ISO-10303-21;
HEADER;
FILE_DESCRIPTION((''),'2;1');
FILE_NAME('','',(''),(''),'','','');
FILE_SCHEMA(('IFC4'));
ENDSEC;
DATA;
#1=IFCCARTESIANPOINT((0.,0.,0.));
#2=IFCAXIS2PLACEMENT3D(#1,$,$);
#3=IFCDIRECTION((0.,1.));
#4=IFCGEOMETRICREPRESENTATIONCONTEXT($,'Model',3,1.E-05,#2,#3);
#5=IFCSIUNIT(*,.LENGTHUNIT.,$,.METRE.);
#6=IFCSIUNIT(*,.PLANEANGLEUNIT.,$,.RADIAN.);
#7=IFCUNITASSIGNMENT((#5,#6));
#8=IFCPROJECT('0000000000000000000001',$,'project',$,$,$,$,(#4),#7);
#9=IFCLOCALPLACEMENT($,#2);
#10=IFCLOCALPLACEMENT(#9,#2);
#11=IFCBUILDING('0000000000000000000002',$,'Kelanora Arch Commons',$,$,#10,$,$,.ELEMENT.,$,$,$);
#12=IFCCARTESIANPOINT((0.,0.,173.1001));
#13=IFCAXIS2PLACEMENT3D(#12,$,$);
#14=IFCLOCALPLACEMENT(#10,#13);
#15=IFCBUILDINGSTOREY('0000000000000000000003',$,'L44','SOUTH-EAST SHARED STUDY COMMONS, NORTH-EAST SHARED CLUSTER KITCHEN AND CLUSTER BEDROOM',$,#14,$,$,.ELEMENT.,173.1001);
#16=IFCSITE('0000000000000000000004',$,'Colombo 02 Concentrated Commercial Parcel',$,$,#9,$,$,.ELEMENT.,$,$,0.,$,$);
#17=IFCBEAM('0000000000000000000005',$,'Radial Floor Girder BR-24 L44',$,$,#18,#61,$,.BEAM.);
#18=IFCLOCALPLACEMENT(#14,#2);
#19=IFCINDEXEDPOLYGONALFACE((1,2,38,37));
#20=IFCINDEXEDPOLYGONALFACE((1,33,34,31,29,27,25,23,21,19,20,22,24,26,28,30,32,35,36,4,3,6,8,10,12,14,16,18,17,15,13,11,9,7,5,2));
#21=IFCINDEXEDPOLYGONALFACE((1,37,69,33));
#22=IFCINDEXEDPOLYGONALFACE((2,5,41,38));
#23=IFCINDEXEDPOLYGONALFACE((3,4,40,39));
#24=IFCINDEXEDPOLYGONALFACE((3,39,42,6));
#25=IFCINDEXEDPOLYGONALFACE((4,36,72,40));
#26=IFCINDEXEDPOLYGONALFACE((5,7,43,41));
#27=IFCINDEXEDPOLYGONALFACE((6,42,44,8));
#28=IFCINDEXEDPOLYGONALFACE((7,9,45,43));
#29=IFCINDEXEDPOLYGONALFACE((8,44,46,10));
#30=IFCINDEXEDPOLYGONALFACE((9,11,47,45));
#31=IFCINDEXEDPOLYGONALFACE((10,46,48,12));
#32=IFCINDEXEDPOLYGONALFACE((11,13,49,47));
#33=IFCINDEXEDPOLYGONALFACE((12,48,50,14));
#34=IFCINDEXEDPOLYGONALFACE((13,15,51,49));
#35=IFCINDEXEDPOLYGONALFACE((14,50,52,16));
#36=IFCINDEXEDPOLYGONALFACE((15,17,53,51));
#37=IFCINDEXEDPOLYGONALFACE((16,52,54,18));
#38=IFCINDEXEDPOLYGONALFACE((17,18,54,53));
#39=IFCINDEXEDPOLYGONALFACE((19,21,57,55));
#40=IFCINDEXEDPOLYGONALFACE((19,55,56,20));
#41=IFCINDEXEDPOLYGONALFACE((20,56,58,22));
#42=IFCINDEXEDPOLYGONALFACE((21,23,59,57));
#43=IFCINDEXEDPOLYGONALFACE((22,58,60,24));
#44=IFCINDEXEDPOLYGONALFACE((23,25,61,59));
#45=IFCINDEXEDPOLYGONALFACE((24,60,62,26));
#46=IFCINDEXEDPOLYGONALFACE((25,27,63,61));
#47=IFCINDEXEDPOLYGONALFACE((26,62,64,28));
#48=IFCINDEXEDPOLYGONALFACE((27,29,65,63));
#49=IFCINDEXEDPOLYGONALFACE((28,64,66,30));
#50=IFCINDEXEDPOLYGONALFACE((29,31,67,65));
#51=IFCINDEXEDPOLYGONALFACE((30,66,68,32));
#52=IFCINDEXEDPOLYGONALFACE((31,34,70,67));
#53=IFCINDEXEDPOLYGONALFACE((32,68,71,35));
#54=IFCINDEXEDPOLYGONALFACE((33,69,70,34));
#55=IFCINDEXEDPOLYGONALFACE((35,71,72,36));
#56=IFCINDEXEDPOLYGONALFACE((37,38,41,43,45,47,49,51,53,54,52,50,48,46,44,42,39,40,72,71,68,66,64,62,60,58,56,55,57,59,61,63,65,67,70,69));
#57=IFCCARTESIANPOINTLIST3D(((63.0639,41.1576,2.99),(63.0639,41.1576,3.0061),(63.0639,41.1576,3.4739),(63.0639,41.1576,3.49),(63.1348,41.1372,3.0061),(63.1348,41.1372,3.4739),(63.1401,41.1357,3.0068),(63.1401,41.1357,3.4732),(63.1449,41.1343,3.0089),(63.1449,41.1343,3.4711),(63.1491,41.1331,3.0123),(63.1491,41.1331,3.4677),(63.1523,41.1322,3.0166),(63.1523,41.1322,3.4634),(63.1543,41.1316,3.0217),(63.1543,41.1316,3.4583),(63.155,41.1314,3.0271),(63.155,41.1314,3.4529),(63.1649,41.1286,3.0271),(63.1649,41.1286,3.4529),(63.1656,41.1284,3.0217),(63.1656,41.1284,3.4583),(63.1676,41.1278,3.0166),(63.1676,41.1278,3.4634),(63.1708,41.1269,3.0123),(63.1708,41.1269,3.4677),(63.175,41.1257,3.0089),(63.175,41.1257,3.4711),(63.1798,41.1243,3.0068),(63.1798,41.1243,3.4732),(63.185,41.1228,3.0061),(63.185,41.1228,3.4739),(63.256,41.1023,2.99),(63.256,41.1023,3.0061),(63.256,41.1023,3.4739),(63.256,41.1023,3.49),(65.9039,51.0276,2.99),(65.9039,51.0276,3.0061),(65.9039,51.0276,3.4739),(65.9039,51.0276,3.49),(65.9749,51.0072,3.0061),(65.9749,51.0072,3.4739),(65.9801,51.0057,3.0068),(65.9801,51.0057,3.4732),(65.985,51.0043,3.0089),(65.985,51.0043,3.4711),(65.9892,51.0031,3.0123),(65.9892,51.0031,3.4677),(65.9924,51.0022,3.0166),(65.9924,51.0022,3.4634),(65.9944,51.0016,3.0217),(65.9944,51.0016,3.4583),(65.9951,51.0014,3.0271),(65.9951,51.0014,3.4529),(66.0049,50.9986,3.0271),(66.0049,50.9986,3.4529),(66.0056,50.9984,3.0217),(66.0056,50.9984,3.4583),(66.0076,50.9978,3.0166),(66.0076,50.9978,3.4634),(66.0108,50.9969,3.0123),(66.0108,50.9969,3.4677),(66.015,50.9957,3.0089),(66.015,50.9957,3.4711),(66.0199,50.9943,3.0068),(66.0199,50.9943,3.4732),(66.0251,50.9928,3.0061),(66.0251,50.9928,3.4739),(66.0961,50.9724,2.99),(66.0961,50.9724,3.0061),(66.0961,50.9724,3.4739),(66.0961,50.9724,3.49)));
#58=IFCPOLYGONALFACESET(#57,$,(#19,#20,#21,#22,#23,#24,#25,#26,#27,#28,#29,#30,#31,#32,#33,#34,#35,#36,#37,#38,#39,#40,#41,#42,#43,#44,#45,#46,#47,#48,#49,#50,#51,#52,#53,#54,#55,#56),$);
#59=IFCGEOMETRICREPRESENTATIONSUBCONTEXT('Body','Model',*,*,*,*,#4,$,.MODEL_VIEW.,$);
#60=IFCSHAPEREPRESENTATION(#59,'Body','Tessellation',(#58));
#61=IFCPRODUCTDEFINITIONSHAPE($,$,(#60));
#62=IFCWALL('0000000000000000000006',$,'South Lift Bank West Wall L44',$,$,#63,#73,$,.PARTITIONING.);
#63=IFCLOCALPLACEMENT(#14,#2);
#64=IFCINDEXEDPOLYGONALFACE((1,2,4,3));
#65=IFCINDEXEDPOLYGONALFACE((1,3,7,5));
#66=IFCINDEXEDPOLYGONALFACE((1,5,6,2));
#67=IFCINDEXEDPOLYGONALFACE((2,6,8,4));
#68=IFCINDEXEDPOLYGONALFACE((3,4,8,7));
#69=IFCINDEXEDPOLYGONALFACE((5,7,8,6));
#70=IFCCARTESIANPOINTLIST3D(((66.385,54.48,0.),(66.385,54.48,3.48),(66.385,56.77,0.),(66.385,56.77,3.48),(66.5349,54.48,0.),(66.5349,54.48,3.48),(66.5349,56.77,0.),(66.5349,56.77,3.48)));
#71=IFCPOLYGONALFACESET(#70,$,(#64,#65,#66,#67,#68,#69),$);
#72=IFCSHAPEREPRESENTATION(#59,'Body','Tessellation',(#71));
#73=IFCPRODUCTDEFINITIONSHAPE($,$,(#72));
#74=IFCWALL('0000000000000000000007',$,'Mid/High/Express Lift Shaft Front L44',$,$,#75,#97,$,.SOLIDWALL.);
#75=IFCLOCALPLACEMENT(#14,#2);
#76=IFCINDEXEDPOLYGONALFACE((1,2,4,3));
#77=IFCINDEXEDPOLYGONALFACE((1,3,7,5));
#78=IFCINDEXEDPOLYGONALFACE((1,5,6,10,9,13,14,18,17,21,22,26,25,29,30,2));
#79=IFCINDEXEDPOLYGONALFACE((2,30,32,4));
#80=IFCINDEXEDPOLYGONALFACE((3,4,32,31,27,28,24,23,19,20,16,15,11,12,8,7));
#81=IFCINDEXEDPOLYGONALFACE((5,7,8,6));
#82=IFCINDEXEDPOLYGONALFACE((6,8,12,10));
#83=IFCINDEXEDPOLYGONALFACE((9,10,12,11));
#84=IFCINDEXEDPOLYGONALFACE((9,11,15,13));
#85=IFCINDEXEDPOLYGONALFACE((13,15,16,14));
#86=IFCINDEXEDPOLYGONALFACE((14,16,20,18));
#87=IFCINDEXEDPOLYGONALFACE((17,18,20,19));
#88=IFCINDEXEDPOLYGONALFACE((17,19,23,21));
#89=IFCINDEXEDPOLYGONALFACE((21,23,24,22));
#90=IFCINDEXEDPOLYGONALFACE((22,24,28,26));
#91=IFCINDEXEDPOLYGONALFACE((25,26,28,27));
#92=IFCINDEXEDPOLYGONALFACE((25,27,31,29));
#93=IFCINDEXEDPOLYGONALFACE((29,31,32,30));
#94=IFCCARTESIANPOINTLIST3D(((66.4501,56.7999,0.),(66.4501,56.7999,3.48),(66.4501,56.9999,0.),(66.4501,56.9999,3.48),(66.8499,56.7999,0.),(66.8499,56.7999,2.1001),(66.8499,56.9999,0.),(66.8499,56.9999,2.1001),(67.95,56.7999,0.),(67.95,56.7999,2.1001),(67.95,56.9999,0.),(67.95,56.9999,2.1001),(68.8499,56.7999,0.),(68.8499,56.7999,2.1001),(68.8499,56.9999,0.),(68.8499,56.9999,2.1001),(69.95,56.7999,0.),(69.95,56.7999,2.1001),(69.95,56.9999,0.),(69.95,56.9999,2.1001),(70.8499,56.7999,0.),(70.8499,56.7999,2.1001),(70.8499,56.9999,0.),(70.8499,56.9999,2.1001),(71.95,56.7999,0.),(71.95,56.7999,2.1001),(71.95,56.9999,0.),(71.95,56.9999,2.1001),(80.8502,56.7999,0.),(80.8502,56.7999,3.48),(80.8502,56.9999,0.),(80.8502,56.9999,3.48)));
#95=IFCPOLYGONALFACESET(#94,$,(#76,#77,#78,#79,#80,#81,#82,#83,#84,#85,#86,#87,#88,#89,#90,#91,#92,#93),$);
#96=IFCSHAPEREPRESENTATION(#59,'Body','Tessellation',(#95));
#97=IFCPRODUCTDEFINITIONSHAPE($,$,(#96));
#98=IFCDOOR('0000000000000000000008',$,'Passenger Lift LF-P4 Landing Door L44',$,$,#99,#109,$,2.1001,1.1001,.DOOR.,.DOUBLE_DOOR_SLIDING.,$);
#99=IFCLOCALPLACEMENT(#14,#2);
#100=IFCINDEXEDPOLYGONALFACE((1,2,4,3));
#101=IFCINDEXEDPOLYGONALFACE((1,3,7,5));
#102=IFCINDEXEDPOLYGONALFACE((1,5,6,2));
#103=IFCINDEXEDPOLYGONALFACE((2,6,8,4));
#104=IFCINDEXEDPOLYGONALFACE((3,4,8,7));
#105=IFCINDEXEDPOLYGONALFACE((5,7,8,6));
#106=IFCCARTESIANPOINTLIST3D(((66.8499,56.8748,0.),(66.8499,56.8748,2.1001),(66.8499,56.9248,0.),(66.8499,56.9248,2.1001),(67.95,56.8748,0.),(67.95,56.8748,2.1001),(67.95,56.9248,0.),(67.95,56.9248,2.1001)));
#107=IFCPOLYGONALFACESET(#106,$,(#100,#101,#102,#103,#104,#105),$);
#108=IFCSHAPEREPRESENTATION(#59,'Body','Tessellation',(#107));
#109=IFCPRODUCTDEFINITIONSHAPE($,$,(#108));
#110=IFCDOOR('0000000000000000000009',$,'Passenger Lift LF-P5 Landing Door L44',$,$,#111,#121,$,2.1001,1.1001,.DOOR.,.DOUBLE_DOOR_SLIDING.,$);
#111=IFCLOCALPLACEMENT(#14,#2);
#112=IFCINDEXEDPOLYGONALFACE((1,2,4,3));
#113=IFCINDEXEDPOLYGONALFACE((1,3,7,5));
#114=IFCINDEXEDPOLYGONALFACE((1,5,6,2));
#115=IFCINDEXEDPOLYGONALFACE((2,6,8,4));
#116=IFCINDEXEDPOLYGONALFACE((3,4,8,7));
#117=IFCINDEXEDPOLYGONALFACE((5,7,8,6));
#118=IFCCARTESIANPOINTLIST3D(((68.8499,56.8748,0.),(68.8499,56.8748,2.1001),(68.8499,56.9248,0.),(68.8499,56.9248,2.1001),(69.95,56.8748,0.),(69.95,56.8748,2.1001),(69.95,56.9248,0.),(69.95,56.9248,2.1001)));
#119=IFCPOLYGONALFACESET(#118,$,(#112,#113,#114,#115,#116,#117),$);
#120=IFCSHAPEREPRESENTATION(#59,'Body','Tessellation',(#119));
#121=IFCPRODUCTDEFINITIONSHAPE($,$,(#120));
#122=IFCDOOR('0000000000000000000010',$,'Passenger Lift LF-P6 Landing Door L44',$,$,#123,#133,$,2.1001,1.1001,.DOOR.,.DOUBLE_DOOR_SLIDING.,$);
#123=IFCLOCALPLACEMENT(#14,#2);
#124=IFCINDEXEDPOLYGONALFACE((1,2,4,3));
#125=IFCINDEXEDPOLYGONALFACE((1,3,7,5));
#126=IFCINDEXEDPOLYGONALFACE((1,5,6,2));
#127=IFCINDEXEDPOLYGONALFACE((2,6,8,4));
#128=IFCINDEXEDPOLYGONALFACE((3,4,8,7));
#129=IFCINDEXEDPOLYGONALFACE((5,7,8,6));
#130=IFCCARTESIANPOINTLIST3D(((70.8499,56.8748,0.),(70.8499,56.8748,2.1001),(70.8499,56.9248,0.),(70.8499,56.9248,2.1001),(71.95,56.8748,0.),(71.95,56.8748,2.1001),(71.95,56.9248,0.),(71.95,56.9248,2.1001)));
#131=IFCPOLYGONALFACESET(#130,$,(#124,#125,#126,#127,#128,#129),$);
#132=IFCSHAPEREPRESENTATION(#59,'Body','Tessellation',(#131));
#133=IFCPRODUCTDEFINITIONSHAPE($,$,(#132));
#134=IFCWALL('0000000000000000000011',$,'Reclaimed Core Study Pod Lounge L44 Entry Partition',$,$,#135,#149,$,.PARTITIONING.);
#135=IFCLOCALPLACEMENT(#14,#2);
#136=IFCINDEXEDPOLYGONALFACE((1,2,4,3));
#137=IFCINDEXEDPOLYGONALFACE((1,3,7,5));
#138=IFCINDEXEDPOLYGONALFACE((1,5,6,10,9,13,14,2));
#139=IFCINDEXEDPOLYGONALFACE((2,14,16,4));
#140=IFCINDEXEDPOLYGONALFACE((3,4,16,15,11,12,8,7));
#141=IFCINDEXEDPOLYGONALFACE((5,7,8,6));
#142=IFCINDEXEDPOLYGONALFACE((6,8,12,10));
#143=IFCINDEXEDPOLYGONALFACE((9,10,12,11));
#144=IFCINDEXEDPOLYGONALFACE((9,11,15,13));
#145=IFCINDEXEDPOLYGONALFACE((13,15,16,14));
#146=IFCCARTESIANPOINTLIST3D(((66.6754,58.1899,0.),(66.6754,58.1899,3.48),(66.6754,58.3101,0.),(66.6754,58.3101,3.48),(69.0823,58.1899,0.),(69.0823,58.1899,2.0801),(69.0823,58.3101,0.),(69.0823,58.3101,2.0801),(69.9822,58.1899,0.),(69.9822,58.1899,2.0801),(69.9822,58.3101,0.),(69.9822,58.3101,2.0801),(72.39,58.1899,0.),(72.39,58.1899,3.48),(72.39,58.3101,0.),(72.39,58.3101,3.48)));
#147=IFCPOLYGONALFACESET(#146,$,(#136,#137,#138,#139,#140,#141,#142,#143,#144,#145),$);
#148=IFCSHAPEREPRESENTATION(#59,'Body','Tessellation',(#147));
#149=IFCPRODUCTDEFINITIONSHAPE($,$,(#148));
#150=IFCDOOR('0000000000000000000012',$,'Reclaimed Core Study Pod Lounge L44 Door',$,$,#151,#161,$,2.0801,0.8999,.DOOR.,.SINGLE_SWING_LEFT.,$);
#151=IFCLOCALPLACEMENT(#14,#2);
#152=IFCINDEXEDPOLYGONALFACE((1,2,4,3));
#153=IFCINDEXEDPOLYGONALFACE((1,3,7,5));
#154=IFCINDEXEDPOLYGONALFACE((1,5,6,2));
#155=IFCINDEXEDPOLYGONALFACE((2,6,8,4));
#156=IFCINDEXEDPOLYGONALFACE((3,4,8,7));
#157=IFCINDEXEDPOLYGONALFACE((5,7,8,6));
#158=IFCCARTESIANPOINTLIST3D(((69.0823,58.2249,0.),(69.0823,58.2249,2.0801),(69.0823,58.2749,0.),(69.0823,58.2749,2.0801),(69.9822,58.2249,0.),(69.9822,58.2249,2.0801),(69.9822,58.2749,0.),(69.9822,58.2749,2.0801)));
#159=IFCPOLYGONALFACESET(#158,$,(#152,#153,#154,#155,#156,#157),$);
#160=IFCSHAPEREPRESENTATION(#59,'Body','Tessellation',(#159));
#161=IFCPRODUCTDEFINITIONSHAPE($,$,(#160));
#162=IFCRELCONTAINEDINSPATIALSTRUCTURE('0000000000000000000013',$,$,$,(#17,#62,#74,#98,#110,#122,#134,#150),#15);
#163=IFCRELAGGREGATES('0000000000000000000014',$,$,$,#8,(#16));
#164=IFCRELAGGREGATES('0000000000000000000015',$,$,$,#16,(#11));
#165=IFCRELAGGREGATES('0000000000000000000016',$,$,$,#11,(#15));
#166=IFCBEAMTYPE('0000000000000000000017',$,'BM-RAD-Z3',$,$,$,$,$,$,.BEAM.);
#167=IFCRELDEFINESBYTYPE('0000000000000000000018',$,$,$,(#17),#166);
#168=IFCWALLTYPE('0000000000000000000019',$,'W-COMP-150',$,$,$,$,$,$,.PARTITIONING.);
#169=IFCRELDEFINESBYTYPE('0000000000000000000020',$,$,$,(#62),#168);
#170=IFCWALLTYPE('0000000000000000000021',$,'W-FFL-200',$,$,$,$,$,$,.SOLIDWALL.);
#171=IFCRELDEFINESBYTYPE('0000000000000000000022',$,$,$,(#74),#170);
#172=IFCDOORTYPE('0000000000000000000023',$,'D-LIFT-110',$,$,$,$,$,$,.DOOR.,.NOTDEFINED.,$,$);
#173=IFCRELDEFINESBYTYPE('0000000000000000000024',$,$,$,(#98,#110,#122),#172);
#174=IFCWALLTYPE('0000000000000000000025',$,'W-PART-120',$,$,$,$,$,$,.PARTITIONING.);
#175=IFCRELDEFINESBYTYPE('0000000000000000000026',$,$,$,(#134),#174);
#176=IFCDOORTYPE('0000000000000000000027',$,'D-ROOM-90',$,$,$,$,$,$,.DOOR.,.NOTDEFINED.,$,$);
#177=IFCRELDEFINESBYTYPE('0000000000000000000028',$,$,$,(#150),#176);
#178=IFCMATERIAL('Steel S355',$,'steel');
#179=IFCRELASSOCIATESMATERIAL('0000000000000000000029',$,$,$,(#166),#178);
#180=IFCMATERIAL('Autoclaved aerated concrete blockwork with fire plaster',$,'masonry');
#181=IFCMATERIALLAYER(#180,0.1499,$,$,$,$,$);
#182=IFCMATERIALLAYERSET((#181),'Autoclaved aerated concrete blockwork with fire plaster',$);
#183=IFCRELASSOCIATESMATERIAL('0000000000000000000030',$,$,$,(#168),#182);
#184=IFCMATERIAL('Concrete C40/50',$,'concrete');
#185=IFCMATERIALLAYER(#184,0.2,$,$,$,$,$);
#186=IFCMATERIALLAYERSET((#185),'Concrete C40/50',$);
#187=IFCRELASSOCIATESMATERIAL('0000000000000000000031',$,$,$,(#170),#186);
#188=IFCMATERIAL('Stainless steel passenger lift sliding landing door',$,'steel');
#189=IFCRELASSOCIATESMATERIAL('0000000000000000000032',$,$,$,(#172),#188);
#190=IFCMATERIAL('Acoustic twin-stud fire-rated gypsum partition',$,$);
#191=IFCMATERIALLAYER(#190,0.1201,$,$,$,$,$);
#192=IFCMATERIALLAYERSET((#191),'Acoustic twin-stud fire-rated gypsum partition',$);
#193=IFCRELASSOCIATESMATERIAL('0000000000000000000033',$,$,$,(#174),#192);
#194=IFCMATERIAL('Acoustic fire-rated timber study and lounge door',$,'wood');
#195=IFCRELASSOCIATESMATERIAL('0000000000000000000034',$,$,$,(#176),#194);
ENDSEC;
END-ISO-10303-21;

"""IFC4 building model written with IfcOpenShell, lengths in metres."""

from ifc_helpers import new_model, si_unit, direction, frame, frame_2d, origin, origin_2d, place, context, subcontext, project, spatial, rectangle, i_section, extrude, material, layer, layer_set, material_profile, profile_set, type_object, element, fill, save


model = new_model("IFC4")

# Units and contexts
model_context = context("Model", 3, precision=1e-05, world=origin(), true_north=direction((0.0, 1.0)))
body_context = subcontext(model_context, "Body", "Model", "MODEL_VIEW")
ifc_project = project(units=[si_unit("LENGTHUNIT", "METRE"), si_unit("PLANEANGLEUNIT", "RADIAN")], contexts=[model_context])

# Site, building, storey
site_placement = place(None, origin())
site = spatial("IfcSite", under=ifc_project, at=site_placement, Name="Colombo 02 Concentrated Commercial Parcel", CompositionType="ELEMENT", RefElevation=0.0)
building_placement = place(site_placement, origin())
building = spatial("IfcBuilding", under=site, at=building_placement, Name="Kelanora Arch Commons", CompositionType="ELEMENT")
storey_placement = place(building_placement, frame((0.0, 0.0, 173.1001)))
storey = spatial("IfcBuildingStorey", under=building, at=storey_placement, Name="L44", Description="SOUTH-EAST SHARED STUDY COMMONS, NORTH-EAST SHARED CLUSTER KITCHEN AND CLUSTER BEDROOM", CompositionType="ELEMENT", Elevation=173.1001)

# Beam
ifc_material_1 = material(Name="Steel S355", Category="steel")
ifc_material_profile_1 = material_profile(ifc_material_1, i_section(OverallWidth=0.2, OverallDepth=0.5, WebThickness=0.0103, FlangeThickness=0.0161, FilletRadius=0.021, at=origin_2d()), Name="IPE500")
ifc_profile_set_1 = profile_set([ifc_material_profile_1], Name="Steel S355")
beam_type_1 = type_object("IfcBeamType", Name="BM-RAD-Z3", PredefinedType="BEAM", material=ifc_profile_set_1)
beam_1_placement = place(storey_placement, frame((66.0, 51.0, 3.24), z_axis=(-0.276526, -0.961006, 0.0), x_axis=(0.961006, -0.276526, 0.0)))
element("IfcBeam", 1, at=beam_1_placement, inside=storey, type_object=beam_type_1, Name="Radial Floor Girder BR-24 L44", PredefinedType="BEAM", context=body_context, shape_type="SweptSolid", body=[
    extrude(i_section(OverallWidth=0.2, OverallDepth=0.5, WebThickness=0.0103, FlangeThickness=0.0161, FilletRadius=0.021, at=origin_2d()), origin(), (0.0, 0.0, 1.0), 10.2705),
])

# Wall
ifc_material_2 = material(Name="Autoclaved aerated concrete blockwork with fire plaster", Category="masonry")
ifc_layer_1 = layer(ifc_material_2, 0.1499)
ifc_layer_set_1 = layer_set([ifc_layer_1], Name="Autoclaved aerated concrete blockwork with fire plaster")
wall_type_1 = type_object("IfcWallType", Name="W-COMP-150", PredefinedType="PARTITIONING", material=ifc_layer_set_1)
wall_1_placement = place(storey_placement, frame((66.46, 54.48, 0.0), z_axis=(0.0, 0.0, 1.0), x_axis=(0.0, 1.0, 0.0)))
element("IfcWall", 2, at=wall_1_placement, inside=storey, type_object=wall_type_1, Name="South Lift Bank West Wall L44", PredefinedType="PARTITIONING", context=body_context, shape_type="SweptSolid", body=[
    extrude(rectangle(XDim=2.29, YDim=0.1499, at=frame_2d((1.145, 0.0))), origin(), (0.0, 0.0, 1.0), 3.48),
])

# Wall, openings, doors
ifc_material_3 = material(Name="Concrete C40/50", Category="concrete")
ifc_layer_2 = layer(ifc_material_3, 0.2)
ifc_layer_set_2 = layer_set([ifc_layer_2], Name="Concrete C40/50")
wall_type_2 = type_object("IfcWallType", Name="W-FFL-200", PredefinedType="SOLIDWALL", material=ifc_layer_set_2)
wall_2_placement = place(storey_placement, frame((66.45, 56.8999, 0.0), z_axis=(0.0, 0.0, 1.0), x_axis=(1.0, 0.0, 0.0)))
wall_2 = element("IfcWall", 3, at=wall_2_placement, inside=storey, type_object=wall_type_2, Name="Mid/High/Express Lift Shaft Front L44", PredefinedType="SOLIDWALL", context=body_context, shape_type="SweptSolid", body=[
    extrude(rectangle(XDim=14.4001, YDim=0.2, at=frame_2d((7.2002, 0.0))), origin(), (0.0, 0.0, 1.0), 3.48),
])
opening_1_placement = place(wall_2_placement, frame((0.3999, 0.0, 0.0)))
opening_1 = element("IfcOpeningElement", 4, at=opening_1_placement, cuts=wall_2, PredefinedType="OPENING", context=body_context, shape_type="SweptSolid", body=[
    extrude(rectangle(XDim=1.1001, YDim=2.1001, at=frame_2d((0.55, 1.05))), frame((0.0, 0.1099, 0.0), z_axis=(0.0, -1.0, 0.0), x_axis=(1.0, 0.0, 0.0)), (0.0, 0.0, 1.0), 0.22),
])
opening_2_placement = place(wall_2_placement, frame((2.3999, 0.0, 0.0)))
opening_2 = element("IfcOpeningElement", 5, at=opening_2_placement, cuts=wall_2, PredefinedType="OPENING", context=body_context, shape_type="SweptSolid", body=[
    extrude(rectangle(XDim=1.1001, YDim=2.1001, at=frame_2d((0.55, 1.05))), frame((0.0, 0.1099, 0.0), z_axis=(0.0, -1.0, 0.0), x_axis=(1.0, 0.0, 0.0)), (0.0, 0.0, 1.0), 0.22),
])
opening_3_placement = place(wall_2_placement, frame((4.3999, 0.0, 0.0)))
opening_3 = element("IfcOpeningElement", 6, at=opening_3_placement, cuts=wall_2, PredefinedType="OPENING", context=body_context, shape_type="SweptSolid", body=[
    extrude(rectangle(XDim=1.1001, YDim=2.1001, at=frame_2d((0.55, 1.05))), frame((0.0, 0.1099, 0.0), z_axis=(0.0, -1.0, 0.0), x_axis=(1.0, 0.0, 0.0)), (0.0, 0.0, 1.0), 0.22),
])
ifc_material_4 = material(Name="Stainless steel passenger lift sliding landing door", Category="steel")
door_type_1 = type_object("IfcDoorType", Name="D-LIFT-110", OperationType="NOTDEFINED", PredefinedType="DOOR", material=ifc_material_4)
door_1_placement = place(opening_1_placement, origin())
door_1 = element("IfcDoor", 7, at=door_1_placement, inside=storey, type_object=door_type_1, Name="Passenger Lift LF-P4 Landing Door L44", OperationType="DOUBLE_DOOR_SLIDING", OverallHeight=2.1001, OverallWidth=1.1001, PredefinedType="DOOR", context=body_context, shape_type="SweptSolid", body=[
    extrude(rectangle(XDim=1.1001, YDim=2.1001, at=frame_2d((0.55, 1.05))), frame((0.0, 0.0249, 0.0), z_axis=(0.0, -1.0, 0.0), x_axis=(1.0, 0.0, 0.0)), (0.0, 0.0, 1.0), 0.05),
])
fill(opening_1, door_1)
door_2_placement = place(opening_2_placement, origin())
door_2 = element("IfcDoor", 8, at=door_2_placement, inside=storey, type_object=door_type_1, Name="Passenger Lift LF-P5 Landing Door L44", OperationType="DOUBLE_DOOR_SLIDING", OverallHeight=2.1001, OverallWidth=1.1001, PredefinedType="DOOR", context=body_context, shape_type="SweptSolid", body=[
    extrude(rectangle(XDim=1.1001, YDim=2.1001, at=frame_2d((0.55, 1.05))), frame((0.0, 0.0249, 0.0), z_axis=(0.0, -1.0, 0.0), x_axis=(1.0, 0.0, 0.0)), (0.0, 0.0, 1.0), 0.05),
])
fill(opening_2, door_2)
door_3_placement = place(opening_3_placement, origin())
door_3 = element("IfcDoor", 9, at=door_3_placement, inside=storey, type_object=door_type_1, Name="Passenger Lift LF-P6 Landing Door L44", OperationType="DOUBLE_DOOR_SLIDING", OverallHeight=2.1001, OverallWidth=1.1001, PredefinedType="DOOR", context=body_context, shape_type="SweptSolid", body=[
    extrude(rectangle(XDim=1.1001, YDim=2.1001, at=frame_2d((0.55, 1.05))), frame((0.0, 0.0249, 0.0), z_axis=(0.0, -1.0, 0.0), x_axis=(1.0, 0.0, 0.0)), (0.0, 0.0, 1.0), 0.05),
])
fill(opening_3, door_3)

# Wall, opening, door
ifc_material_5 = material(Name="Acoustic twin-stud fire-rated gypsum partition")
ifc_layer_3 = layer(ifc_material_5, 0.1201)
ifc_layer_set_3 = layer_set([ifc_layer_3], Name="Acoustic twin-stud fire-rated gypsum partition")
wall_type_3 = type_object("IfcWallType", Name="W-PART-120", PredefinedType="PARTITIONING", material=ifc_layer_set_3)
wall_3_placement = place(storey_placement, frame((66.6753, 58.25, 0.0), z_axis=(0.0, 0.0, 1.0), x_axis=(1.0, 0.0, 0.0)))
wall_3 = element("IfcWall", 10, at=wall_3_placement, inside=storey, type_object=wall_type_3, Name="Reclaimed Core Study Pod Lounge L44 Entry Partition", PredefinedType="PARTITIONING", context=body_context, shape_type="SweptSolid", body=[
    extrude(rectangle(XDim=5.7146, YDim=0.1201, at=frame_2d((2.8574, 0.0))), origin(), (0.0, 0.0, 1.0), 3.48),
])
opening_4_placement = place(wall_3_placement, frame((2.407, 0.0, 0.0)))
opening_4 = element("IfcOpeningElement", 11, at=opening_4_placement, cuts=wall_3, PredefinedType="OPENING", context=body_context, shape_type="SweptSolid", body=[
    extrude(rectangle(XDim=0.8999, YDim=2.0801, at=frame_2d((0.45, 1.04))), frame((0.0, 0.0701, 0.0), z_axis=(0.0, -1.0, 0.0), x_axis=(1.0, 0.0, 0.0)), (0.0, 0.0, 1.0), 0.1401),
])
ifc_material_6 = material(Name="Acoustic fire-rated timber study and lounge door", Category="wood")
door_type_2 = type_object("IfcDoorType", Name="D-ROOM-90", OperationType="NOTDEFINED", PredefinedType="DOOR", material=ifc_material_6)
door_4_placement = place(opening_4_placement, origin())
door_4 = element("IfcDoor", 12, at=door_4_placement, inside=storey, type_object=door_type_2, Name="Reclaimed Core Study Pod Lounge L44 Door", OperationType="SINGLE_SWING_LEFT", OverallHeight=2.0801, OverallWidth=0.8999, PredefinedType="DOOR", context=body_context, shape_type="SweptSolid", body=[
    extrude(rectangle(XDim=0.8999, YDim=2.0801, at=frame_2d((0.45, 1.04))), frame((0.0, 0.0249, 0.0), z_axis=(0.0, -1.0, 0.0), x_axis=(1.0, 0.0, 0.0)), (0.0, 0.0, 1.0), 0.05),
])
fill(opening_4, door_4)

save(model, "model.ifc")
